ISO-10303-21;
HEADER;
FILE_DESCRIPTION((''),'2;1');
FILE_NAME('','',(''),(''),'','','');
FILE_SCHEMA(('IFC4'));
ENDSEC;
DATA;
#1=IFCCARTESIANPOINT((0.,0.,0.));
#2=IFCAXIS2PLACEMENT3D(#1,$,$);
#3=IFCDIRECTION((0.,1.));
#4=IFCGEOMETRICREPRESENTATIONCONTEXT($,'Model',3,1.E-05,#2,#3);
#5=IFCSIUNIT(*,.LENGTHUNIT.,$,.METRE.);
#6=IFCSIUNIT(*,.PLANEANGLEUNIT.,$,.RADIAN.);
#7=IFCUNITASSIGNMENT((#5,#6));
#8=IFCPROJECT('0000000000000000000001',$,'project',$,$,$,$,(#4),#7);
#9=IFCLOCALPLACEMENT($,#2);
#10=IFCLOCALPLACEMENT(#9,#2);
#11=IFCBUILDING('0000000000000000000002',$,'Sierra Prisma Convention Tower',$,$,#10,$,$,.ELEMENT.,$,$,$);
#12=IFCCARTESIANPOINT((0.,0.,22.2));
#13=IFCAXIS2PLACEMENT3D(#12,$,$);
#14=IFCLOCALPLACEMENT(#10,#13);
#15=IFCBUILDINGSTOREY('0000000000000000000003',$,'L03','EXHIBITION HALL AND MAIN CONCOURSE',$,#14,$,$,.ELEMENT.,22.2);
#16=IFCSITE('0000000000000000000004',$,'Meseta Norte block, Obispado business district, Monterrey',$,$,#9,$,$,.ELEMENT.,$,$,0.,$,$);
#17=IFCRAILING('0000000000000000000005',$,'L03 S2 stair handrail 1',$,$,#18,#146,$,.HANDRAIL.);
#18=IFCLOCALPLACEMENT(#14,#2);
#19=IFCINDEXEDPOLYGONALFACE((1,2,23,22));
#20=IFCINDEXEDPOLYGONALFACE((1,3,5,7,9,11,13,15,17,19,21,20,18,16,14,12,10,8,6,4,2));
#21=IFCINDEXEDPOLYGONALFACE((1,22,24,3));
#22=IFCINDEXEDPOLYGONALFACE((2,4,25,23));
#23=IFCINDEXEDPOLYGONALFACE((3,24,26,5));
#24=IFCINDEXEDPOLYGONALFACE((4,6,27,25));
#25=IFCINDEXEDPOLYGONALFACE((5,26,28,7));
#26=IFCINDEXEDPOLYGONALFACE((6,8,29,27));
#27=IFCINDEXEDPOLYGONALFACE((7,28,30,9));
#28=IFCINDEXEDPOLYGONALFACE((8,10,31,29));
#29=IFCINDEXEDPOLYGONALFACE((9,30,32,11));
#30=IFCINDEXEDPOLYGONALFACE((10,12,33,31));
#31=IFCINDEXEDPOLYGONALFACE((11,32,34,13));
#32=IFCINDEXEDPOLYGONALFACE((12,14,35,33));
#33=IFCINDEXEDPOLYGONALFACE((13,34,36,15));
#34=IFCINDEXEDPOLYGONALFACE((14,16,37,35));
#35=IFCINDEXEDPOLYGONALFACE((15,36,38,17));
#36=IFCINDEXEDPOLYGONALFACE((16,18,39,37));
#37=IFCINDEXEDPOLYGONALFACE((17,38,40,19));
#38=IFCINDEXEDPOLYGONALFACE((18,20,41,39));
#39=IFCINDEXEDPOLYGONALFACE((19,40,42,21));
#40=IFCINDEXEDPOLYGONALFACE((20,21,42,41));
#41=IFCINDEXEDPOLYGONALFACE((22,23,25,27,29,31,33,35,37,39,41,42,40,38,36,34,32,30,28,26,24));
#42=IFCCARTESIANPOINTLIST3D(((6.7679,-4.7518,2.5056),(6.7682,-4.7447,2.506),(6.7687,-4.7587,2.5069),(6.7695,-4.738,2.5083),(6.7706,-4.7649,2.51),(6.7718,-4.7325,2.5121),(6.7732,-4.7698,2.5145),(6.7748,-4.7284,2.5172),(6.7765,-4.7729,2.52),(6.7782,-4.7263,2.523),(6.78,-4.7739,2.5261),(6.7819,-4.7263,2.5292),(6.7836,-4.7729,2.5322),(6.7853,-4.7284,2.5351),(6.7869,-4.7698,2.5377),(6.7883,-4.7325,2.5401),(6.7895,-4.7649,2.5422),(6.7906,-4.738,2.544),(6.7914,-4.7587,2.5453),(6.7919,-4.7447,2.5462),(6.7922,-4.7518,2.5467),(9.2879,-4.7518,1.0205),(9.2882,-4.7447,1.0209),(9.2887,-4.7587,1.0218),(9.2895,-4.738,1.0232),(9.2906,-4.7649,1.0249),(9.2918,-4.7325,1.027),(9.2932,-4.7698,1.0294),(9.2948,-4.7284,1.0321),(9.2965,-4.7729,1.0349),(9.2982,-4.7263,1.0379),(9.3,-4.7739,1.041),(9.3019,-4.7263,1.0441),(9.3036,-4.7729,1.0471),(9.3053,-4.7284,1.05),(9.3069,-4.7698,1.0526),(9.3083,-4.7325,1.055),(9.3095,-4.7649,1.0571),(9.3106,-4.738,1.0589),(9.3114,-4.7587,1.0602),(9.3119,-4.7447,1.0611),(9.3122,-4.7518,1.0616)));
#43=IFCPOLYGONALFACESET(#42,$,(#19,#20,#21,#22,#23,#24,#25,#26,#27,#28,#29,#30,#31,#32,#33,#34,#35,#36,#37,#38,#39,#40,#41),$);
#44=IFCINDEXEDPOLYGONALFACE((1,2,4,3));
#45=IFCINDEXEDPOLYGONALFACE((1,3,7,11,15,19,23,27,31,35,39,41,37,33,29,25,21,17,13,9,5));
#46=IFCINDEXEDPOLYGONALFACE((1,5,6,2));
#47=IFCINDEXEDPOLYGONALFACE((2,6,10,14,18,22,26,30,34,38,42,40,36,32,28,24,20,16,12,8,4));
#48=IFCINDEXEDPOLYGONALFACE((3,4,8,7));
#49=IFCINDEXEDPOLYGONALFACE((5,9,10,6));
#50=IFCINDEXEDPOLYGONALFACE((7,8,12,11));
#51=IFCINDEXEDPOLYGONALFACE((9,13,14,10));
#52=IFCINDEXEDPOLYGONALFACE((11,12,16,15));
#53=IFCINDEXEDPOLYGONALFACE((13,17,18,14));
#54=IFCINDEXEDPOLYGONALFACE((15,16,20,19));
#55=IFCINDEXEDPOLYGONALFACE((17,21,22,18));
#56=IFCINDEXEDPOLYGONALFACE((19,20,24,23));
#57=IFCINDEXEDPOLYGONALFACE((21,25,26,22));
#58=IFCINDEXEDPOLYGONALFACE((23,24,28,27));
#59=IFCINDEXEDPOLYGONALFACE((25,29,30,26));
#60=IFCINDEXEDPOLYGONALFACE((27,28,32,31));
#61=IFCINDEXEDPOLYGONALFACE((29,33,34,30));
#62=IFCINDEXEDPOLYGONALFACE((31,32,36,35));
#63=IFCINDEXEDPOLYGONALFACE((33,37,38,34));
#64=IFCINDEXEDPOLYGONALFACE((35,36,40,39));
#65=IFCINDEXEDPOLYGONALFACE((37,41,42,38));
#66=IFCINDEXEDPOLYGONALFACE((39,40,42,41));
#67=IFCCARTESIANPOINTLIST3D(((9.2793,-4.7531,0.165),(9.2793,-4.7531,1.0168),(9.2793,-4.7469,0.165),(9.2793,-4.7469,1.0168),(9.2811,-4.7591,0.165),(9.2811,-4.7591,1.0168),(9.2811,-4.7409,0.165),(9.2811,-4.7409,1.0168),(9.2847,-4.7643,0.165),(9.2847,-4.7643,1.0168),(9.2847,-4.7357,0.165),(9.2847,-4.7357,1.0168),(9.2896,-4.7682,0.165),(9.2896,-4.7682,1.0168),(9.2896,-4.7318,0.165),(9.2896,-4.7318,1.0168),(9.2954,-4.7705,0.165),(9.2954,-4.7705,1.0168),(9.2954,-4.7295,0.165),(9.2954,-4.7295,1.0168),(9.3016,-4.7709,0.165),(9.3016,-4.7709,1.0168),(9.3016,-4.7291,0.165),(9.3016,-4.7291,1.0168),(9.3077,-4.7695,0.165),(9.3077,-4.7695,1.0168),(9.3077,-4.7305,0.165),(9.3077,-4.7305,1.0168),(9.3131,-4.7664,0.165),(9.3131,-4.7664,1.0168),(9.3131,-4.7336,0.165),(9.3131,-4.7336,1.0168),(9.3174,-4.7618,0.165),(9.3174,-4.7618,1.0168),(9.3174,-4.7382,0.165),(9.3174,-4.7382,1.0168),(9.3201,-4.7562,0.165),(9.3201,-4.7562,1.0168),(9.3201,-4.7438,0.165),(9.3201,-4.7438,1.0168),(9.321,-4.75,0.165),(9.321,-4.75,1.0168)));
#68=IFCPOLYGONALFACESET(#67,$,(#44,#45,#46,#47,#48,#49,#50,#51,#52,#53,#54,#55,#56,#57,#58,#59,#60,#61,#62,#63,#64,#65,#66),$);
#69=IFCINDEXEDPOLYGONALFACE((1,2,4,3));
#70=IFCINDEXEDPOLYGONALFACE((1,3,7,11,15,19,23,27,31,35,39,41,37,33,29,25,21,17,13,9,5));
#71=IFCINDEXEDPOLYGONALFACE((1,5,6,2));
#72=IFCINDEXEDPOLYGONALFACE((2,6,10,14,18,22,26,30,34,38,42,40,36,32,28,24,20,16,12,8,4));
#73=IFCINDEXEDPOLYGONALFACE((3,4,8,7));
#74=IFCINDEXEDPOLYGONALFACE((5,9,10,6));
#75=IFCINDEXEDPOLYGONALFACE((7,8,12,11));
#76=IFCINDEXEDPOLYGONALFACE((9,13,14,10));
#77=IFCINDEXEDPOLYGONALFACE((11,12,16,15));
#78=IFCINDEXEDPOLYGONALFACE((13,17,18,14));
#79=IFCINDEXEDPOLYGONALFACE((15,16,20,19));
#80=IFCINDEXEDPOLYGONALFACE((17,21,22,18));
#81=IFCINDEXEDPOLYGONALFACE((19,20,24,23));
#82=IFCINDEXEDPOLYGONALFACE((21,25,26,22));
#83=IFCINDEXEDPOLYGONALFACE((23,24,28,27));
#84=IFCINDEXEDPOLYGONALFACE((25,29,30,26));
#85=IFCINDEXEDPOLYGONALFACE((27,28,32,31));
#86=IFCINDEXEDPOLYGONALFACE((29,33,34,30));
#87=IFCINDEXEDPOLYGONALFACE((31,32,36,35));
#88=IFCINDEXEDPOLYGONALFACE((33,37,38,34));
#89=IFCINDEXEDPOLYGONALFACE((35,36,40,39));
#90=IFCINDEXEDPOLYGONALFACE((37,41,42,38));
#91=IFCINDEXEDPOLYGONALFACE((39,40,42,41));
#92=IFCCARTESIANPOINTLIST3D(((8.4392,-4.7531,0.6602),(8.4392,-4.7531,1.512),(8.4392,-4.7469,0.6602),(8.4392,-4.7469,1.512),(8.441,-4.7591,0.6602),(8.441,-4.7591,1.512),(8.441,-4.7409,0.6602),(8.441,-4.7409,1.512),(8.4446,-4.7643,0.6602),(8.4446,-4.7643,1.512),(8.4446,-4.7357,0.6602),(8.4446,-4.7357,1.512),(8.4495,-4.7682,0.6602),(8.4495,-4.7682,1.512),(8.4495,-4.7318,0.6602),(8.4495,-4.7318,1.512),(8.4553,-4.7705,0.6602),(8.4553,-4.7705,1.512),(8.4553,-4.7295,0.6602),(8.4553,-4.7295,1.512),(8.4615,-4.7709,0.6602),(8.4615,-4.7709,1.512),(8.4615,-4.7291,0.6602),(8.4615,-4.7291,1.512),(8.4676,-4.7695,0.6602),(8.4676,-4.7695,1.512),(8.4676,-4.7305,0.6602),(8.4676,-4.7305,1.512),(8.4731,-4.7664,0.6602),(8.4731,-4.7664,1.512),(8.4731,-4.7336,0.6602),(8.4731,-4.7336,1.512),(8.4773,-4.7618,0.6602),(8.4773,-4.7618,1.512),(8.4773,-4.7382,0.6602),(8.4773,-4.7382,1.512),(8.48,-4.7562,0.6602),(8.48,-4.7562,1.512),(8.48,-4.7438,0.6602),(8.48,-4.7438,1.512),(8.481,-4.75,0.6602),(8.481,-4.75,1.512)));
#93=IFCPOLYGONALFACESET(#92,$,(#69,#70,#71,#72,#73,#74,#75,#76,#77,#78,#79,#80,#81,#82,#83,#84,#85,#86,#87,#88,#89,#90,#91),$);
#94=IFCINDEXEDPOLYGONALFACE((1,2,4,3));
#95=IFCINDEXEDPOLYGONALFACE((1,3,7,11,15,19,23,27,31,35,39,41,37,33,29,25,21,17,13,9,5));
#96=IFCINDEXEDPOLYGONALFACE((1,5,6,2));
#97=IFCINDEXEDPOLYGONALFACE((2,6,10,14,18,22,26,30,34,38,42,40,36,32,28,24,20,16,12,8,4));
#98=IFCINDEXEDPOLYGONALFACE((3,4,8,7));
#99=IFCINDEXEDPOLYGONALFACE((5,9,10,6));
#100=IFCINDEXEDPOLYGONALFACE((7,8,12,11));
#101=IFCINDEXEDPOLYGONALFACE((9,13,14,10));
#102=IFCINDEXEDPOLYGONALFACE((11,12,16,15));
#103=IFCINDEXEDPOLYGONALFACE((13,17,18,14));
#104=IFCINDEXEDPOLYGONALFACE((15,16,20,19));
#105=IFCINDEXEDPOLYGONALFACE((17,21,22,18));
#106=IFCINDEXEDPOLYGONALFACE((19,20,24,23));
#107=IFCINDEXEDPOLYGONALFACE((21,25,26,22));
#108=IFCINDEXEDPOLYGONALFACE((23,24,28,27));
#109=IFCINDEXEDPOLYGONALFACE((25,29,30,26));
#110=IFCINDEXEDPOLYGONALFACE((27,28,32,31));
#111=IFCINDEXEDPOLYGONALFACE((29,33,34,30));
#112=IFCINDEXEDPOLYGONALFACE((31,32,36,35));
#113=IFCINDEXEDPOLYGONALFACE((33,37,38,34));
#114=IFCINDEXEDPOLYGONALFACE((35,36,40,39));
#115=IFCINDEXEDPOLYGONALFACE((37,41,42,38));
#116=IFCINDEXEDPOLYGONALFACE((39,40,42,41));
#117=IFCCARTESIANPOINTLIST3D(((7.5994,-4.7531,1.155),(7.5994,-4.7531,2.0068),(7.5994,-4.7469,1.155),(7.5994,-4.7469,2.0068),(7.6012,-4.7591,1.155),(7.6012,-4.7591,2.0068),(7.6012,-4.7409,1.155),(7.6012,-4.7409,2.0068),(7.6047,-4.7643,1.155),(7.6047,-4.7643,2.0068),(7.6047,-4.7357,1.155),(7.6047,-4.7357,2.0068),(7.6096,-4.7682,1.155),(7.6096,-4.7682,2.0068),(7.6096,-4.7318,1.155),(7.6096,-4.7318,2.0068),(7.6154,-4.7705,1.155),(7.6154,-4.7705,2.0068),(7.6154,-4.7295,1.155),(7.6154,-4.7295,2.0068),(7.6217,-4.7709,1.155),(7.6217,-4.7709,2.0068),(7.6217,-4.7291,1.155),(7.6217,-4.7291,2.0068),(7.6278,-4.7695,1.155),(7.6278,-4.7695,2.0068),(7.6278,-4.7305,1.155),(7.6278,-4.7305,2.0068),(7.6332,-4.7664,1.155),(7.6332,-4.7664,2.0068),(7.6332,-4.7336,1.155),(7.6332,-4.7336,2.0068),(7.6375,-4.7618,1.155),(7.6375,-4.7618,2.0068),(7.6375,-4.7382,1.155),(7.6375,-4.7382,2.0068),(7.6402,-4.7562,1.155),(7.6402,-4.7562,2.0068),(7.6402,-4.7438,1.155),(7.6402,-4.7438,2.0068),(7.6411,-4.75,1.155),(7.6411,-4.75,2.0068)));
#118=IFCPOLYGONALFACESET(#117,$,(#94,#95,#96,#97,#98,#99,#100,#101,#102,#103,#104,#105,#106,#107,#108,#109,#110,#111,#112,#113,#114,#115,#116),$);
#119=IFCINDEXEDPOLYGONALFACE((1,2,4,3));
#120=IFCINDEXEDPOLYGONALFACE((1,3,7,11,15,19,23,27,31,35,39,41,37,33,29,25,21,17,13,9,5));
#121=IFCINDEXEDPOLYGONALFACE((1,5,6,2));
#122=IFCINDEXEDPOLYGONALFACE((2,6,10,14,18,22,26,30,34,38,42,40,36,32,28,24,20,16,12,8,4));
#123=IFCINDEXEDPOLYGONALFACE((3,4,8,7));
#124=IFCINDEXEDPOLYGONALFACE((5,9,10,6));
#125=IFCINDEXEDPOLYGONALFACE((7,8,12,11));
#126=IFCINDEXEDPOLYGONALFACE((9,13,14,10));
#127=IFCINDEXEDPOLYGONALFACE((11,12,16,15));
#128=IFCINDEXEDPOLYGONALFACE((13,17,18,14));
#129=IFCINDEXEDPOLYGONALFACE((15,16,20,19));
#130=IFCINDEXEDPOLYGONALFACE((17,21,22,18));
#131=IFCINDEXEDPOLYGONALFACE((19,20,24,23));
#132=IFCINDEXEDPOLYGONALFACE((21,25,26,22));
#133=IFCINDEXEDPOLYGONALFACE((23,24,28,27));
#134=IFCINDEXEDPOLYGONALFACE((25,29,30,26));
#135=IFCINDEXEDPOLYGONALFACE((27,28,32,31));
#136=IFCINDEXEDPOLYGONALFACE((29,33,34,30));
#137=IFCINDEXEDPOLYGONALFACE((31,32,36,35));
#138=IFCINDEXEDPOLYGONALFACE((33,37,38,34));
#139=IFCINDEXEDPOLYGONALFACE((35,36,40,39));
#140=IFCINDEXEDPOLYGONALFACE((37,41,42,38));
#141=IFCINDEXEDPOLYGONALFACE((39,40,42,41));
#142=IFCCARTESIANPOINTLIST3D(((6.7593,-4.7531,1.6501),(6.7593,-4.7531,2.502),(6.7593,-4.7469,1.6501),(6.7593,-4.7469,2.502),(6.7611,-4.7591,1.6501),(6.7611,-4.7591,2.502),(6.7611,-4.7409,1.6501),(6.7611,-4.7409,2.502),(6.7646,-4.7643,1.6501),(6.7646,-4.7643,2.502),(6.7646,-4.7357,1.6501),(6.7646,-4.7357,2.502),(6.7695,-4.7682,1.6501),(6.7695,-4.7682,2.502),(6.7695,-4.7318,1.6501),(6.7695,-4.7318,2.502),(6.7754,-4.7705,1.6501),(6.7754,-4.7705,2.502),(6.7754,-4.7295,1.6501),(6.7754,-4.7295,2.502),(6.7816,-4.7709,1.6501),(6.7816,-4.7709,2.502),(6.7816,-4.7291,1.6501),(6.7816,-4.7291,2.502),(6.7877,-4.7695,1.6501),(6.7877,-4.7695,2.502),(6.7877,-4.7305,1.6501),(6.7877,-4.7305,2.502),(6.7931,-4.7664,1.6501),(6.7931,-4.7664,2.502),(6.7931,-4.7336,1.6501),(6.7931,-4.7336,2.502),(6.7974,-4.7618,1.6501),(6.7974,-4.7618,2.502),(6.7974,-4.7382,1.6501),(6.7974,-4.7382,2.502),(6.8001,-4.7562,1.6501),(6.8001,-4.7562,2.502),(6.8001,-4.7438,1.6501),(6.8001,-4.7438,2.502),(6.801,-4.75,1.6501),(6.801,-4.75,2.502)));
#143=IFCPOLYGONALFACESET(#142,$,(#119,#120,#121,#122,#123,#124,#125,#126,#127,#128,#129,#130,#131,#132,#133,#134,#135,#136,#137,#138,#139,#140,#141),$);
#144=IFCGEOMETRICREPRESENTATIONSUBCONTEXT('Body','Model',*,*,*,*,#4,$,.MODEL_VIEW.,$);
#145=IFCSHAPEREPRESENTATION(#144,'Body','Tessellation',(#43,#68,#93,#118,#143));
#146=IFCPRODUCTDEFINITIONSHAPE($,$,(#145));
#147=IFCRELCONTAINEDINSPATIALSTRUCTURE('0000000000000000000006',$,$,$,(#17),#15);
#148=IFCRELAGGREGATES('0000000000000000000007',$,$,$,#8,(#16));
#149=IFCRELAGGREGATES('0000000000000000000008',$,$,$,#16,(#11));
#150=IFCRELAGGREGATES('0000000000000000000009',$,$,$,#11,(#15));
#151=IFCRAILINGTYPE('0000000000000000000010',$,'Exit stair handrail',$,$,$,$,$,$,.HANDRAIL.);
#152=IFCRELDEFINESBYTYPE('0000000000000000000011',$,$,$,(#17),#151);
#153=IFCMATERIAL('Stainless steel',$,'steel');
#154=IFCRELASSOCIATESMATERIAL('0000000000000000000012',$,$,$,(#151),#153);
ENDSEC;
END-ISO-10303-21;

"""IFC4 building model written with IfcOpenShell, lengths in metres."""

from ifc_helpers import new_model, si_unit, direction, frame, origin, origin_2d, place, context, subcontext, project, spatial, circle, extrude, material, type_object, element, save


model = new_model("IFC4")

# Units and contexts
model_context = context("Model", 3, precision=1e-05, world=origin(), true_north=direction((0.0, 1.0)))
body_context = subcontext(model_context, "Body", "Model", "MODEL_VIEW")
ifc_project = project(units=[si_unit("LENGTHUNIT", "METRE"), si_unit("PLANEANGLEUNIT", "RADIAN")], contexts=[model_context])

# Site, building, storey
site_placement = place(None, origin())
site = spatial("IfcSite", under=ifc_project, at=site_placement, Name="Meseta Norte block, Obispado business district, Monterrey", CompositionType="ELEMENT", RefElevation=0.0)
building_placement = place(site_placement, origin())
building = spatial("IfcBuilding", under=site, at=building_placement, Name="Sierra Prisma Convention Tower", CompositionType="ELEMENT")
storey_placement = place(building_placement, frame((0.0, 0.0, 22.2)))
storey = spatial("IfcBuildingStorey", under=building, at=storey_placement, Name="L03", Description="EXHIBITION HALL AND MAIN CONCOURSE", CompositionType="ELEMENT", Elevation=22.2)

# Railing
ifc_material_1 = material(Name="Stainless steel", Category="steel")
railing_type = type_object("IfcRailingType", Name="Exit stair handrail", PredefinedType="HANDRAIL", material=ifc_material_1)
railing_1_placement = place(storey_placement, frame((9.3, -4.75, 0.165)))
element("IfcRailing", 1, at=railing_1_placement, inside=storey, type_object=railing_type, Name="L03 S2 stair handrail 1", PredefinedType="HANDRAIL", context=body_context, shape_type="SweptSolid", body=[
    extrude(circle(Radius=0.0239, at=origin_2d()), frame((0.0, 0.0, 0.876), z_axis=(-0.861524, 0.0, 0.507717), x_axis=(0.0, -1.0, 0.0)), (0.0, 0.0, 1.0), 2.925),
    extrude(circle(Radius=0.021, at=origin_2d()), origin(), (0.0, 0.0, 1.0), 0.8518),
    extrude(circle(Radius=0.021, at=origin_2d()), frame((-0.8401, 0.0, 0.4951)), (0.0, 0.0, 1.0), 0.8518),
    extrude(circle(Radius=0.021, at=origin_2d()), frame((-1.6799, 0.0, 0.99)), (0.0, 0.0, 1.0), 0.8518),
    extrude(circle(Radius=0.021, at=origin_2d()), frame((-2.52, 0.0, 1.4851)), (0.0, 0.0, 1.0), 0.8518),
])

save(model, "model.ifc")
